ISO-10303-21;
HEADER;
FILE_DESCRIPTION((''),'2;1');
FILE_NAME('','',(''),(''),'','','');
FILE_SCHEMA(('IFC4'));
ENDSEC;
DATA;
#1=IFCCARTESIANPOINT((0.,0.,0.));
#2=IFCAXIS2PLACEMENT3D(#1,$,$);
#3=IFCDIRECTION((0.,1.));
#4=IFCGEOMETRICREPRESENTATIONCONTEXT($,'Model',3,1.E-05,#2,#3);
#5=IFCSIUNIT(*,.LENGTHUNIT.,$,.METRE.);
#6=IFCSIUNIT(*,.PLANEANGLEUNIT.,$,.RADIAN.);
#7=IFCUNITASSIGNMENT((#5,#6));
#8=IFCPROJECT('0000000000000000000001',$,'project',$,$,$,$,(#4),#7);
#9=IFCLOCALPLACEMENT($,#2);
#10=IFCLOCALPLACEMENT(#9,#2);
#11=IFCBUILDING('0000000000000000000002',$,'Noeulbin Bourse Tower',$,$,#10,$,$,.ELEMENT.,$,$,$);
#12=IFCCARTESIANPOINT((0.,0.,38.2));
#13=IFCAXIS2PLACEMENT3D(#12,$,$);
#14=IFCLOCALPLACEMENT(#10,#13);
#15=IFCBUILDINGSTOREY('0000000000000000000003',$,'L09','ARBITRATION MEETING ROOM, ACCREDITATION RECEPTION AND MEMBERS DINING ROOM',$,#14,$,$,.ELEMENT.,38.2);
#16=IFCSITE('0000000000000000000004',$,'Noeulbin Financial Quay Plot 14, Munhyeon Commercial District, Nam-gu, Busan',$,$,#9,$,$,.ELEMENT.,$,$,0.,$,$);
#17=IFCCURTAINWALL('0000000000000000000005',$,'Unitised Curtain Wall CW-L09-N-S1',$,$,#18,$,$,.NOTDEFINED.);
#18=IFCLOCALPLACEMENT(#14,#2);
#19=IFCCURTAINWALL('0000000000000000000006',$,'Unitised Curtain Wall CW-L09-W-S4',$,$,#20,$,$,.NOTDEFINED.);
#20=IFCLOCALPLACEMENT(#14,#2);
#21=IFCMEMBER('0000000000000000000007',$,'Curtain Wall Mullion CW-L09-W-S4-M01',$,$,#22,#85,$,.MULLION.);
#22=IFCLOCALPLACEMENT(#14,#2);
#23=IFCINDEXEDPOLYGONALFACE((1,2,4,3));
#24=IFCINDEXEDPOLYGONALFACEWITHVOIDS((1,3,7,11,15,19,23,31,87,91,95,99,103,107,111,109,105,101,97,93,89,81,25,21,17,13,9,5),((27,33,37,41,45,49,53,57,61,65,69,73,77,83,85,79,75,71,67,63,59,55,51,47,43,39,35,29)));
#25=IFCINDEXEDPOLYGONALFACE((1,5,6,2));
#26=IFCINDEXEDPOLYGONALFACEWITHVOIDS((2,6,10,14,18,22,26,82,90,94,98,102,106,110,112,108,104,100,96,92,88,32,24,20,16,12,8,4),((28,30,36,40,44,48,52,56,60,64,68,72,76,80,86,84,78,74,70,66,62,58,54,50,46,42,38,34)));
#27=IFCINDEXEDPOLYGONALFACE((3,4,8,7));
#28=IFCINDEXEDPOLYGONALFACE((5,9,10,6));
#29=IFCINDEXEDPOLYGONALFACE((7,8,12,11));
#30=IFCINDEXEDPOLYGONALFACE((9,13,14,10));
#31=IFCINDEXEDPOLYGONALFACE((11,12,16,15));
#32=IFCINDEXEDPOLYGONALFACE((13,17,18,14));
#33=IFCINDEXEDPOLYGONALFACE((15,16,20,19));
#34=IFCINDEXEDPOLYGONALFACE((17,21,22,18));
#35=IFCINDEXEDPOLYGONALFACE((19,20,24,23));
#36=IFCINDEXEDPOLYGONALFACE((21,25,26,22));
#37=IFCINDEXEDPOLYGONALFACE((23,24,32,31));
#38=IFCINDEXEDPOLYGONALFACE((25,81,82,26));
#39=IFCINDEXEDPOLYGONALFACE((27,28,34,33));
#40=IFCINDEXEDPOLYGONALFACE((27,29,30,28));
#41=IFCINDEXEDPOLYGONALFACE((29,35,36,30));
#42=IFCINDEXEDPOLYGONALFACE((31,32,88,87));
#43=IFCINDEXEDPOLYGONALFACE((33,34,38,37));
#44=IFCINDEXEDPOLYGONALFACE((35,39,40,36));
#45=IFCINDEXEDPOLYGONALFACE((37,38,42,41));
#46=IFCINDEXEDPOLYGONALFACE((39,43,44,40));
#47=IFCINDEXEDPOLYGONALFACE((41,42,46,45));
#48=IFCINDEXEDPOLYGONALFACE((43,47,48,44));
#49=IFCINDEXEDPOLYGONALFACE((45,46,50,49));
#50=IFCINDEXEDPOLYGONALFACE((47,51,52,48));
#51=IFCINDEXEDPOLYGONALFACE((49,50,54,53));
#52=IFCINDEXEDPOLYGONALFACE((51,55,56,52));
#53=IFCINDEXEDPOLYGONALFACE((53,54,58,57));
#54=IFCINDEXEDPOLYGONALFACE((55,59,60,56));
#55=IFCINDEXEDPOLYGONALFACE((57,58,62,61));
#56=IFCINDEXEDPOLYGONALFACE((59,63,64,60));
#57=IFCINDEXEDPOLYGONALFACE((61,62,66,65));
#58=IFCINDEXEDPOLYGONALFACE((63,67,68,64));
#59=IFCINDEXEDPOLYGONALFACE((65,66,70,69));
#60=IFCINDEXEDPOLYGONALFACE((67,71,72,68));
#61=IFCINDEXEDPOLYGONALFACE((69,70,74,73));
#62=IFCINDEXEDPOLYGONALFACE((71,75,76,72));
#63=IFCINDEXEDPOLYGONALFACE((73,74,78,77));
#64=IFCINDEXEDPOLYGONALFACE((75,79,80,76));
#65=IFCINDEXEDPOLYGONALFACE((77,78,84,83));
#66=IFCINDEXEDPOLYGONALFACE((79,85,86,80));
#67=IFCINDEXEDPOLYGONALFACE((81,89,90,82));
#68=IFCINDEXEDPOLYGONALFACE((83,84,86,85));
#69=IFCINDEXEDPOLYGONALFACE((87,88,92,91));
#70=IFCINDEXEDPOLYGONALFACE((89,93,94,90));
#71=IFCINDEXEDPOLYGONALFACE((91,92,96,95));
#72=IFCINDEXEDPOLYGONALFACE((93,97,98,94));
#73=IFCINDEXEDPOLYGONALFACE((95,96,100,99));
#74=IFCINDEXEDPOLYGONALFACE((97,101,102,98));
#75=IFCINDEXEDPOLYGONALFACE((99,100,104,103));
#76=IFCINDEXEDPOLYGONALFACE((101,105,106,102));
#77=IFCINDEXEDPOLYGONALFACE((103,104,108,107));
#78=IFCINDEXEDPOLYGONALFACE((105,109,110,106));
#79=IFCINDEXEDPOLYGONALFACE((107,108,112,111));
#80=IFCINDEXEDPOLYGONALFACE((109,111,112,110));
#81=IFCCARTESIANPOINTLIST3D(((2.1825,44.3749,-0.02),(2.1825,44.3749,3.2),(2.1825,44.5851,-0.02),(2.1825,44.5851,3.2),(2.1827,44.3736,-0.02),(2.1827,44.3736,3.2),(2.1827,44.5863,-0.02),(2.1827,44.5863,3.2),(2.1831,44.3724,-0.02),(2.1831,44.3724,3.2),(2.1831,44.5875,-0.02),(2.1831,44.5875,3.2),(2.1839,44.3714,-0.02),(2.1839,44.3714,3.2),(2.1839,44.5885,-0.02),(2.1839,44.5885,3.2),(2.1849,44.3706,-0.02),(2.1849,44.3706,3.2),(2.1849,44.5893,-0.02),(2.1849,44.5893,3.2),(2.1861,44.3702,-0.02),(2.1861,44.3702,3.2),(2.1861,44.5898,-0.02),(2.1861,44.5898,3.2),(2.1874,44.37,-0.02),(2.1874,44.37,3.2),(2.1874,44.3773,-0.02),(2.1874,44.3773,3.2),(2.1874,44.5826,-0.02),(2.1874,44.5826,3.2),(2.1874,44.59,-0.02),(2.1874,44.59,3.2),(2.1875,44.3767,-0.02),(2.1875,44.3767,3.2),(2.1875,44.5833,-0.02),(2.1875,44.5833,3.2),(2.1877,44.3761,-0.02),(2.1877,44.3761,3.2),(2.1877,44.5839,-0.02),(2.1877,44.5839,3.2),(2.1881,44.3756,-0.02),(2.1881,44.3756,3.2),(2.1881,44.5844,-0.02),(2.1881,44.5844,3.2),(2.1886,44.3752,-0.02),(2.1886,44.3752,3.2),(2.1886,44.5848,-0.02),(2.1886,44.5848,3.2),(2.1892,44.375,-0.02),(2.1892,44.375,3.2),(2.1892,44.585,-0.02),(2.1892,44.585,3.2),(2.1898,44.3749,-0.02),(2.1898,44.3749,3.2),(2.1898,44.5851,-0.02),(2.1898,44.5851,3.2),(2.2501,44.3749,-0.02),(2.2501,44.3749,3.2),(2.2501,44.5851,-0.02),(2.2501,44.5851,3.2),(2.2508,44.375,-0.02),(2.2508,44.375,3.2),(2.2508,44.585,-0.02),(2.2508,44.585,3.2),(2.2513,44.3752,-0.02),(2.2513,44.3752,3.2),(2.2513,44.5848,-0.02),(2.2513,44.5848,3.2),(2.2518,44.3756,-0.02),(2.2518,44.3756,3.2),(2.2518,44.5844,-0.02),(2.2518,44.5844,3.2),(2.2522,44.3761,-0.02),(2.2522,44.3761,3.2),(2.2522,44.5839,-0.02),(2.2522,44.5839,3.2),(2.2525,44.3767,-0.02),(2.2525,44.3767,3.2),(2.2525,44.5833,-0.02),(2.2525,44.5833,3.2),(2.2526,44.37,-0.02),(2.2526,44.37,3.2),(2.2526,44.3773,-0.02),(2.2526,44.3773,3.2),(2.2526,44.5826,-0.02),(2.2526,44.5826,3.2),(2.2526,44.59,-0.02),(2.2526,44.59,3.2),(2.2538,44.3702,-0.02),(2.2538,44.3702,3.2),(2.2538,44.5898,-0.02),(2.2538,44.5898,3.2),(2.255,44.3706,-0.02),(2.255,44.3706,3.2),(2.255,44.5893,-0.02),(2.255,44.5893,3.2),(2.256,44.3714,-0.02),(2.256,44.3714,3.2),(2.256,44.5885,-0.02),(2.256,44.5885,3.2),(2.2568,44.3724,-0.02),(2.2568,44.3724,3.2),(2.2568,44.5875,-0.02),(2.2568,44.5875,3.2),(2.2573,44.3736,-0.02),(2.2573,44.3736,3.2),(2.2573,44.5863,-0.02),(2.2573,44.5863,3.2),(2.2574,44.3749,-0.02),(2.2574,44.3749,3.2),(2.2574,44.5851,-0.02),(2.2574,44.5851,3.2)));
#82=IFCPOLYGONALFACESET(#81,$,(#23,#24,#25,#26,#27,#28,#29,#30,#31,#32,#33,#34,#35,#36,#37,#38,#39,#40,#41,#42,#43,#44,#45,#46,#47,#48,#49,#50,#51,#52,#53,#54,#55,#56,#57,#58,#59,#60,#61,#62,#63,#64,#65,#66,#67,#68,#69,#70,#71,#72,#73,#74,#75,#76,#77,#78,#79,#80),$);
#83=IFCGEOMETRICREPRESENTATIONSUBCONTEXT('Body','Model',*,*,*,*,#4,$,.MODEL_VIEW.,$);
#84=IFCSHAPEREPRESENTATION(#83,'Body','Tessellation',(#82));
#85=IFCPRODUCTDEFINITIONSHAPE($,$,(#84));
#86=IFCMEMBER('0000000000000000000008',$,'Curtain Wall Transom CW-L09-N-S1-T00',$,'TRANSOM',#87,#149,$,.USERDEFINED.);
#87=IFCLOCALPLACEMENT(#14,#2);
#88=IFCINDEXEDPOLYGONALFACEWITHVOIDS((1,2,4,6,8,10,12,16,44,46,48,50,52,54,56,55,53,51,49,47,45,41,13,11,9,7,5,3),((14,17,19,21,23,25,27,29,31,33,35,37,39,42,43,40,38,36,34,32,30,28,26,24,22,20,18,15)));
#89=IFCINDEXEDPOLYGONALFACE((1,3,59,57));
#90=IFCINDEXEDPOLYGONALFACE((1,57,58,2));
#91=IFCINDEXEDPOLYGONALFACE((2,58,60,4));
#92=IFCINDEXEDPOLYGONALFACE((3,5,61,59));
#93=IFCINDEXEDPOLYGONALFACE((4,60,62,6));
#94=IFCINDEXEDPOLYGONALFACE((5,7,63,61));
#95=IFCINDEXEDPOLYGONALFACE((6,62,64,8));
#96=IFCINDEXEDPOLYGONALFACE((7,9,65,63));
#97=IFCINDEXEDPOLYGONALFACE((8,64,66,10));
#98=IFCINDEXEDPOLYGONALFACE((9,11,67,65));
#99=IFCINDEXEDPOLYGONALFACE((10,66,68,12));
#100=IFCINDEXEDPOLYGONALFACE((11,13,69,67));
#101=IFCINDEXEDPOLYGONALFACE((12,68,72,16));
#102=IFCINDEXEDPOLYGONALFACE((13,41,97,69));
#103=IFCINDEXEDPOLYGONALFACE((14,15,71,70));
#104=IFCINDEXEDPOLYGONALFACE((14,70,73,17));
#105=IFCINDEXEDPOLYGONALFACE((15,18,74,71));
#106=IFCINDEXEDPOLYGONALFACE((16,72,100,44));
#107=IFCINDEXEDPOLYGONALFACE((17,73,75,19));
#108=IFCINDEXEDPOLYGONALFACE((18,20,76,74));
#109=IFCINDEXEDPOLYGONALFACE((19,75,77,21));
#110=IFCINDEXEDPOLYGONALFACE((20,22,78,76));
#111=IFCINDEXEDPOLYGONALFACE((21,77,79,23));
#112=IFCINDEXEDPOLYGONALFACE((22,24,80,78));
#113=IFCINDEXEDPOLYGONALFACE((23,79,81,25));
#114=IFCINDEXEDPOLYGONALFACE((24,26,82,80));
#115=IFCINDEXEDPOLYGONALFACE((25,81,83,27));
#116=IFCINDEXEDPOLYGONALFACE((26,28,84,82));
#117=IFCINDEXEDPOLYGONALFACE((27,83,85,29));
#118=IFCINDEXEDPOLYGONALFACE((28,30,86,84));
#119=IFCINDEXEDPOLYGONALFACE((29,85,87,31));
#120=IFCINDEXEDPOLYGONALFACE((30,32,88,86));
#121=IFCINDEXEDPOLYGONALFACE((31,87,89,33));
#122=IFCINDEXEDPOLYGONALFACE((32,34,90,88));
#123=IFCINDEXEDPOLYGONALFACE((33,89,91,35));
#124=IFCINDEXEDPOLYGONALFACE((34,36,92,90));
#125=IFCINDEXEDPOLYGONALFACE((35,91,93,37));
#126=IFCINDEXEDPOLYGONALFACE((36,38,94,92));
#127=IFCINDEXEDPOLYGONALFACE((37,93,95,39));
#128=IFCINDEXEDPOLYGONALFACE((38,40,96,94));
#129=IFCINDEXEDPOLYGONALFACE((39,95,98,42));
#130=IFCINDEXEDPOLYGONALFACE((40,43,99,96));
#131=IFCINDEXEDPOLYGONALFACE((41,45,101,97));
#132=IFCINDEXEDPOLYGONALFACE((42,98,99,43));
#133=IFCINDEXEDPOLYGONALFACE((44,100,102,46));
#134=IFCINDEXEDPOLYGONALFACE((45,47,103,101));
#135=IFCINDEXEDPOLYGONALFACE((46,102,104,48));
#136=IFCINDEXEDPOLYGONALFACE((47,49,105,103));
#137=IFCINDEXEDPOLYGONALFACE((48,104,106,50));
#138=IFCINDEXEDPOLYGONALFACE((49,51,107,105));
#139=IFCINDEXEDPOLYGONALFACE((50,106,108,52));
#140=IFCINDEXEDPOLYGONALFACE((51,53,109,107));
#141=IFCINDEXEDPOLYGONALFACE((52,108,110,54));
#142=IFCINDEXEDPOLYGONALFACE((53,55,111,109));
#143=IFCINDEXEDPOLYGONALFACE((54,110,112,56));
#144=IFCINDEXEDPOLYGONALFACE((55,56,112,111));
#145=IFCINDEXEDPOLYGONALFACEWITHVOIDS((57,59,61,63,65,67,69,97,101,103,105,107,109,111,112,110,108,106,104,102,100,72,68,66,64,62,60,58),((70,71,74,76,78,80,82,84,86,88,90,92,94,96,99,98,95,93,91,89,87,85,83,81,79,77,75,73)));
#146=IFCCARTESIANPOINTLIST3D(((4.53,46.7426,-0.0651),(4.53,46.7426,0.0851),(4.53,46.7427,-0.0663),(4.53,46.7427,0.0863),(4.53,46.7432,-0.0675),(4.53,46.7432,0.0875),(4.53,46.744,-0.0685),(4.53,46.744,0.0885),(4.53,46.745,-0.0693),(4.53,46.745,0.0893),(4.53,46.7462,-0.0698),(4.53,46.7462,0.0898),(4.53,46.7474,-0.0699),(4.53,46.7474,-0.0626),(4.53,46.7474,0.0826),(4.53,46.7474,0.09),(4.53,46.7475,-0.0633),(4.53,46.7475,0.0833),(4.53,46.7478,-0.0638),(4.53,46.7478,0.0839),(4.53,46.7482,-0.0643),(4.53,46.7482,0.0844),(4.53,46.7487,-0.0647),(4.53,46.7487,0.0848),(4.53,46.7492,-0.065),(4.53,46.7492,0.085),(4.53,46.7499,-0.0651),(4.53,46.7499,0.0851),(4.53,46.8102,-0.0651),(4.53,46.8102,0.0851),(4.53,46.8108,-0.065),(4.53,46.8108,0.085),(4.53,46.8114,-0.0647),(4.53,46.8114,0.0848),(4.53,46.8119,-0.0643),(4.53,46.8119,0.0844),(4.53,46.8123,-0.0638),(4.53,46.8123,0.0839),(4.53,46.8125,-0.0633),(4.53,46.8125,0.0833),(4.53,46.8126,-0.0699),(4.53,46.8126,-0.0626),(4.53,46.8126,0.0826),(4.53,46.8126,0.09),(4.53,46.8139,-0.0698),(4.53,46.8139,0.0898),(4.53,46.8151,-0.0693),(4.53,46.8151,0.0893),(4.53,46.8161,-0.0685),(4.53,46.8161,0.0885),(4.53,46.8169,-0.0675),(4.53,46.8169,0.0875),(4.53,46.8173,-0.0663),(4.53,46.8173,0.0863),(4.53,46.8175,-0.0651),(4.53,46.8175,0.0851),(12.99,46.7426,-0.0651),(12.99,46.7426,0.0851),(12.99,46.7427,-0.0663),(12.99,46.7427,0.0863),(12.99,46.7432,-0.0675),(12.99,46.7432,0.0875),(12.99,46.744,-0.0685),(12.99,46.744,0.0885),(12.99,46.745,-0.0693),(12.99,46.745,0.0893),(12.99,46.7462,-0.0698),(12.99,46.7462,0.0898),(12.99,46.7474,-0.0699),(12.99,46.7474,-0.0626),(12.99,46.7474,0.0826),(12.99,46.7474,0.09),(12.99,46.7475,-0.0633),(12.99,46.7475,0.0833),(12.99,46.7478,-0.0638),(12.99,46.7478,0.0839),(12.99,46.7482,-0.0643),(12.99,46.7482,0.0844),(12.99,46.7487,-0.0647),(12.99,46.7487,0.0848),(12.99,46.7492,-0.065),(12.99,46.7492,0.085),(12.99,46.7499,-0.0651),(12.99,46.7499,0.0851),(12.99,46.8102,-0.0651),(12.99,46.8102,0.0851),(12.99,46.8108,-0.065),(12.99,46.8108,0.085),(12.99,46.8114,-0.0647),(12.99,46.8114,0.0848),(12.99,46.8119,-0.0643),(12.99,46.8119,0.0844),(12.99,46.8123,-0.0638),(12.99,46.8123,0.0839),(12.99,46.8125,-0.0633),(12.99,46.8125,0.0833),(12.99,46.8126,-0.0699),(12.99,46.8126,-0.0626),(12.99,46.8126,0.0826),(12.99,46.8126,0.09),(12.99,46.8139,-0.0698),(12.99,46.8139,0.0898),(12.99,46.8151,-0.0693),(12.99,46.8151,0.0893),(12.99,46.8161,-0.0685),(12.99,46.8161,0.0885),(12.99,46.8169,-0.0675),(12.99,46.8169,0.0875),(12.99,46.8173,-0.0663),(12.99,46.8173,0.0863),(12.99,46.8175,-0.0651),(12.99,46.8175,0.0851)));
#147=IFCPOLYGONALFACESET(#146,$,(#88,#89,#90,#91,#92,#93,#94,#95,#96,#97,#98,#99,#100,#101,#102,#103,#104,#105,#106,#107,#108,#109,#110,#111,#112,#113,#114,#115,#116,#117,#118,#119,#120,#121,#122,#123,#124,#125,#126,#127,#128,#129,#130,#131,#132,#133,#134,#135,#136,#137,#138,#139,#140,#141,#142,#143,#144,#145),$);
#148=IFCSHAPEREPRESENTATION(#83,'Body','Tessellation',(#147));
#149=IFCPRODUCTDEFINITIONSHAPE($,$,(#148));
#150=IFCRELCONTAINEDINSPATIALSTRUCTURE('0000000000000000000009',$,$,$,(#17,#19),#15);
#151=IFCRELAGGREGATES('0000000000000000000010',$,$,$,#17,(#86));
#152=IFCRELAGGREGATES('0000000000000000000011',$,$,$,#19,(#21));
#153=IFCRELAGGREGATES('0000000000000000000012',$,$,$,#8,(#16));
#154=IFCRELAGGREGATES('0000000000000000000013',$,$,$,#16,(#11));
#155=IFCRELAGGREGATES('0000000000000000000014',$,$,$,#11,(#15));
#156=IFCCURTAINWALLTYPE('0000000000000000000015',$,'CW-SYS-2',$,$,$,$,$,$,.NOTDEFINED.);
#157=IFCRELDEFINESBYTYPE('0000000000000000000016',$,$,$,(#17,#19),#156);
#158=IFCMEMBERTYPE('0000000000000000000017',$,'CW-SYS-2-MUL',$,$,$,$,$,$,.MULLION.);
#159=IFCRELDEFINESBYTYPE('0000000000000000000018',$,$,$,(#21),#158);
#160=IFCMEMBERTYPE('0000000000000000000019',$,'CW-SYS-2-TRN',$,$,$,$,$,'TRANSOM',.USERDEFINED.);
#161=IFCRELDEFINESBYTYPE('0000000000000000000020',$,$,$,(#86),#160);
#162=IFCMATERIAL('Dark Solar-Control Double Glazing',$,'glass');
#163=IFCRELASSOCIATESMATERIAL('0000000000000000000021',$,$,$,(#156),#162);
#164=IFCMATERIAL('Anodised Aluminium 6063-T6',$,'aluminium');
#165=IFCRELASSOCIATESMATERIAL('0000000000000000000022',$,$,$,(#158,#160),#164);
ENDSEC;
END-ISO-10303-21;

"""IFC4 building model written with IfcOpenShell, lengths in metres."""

from ifc_helpers import new_model, si_unit, direction, frame, origin, origin_2d, place, context, subcontext, project, spatial, hollow_rectangle, extrude, material, material_profile, profile_set, type_object, element, aggregate, save


model = new_model("IFC4")

# Units and contexts
model_context = context("Model", 3, precision=1e-05, world=origin(), true_north=direction((0.0, 1.0)))
body_context = subcontext(model_context, "Body", "Model", "MODEL_VIEW")
ifc_project = project(units=[si_unit("LENGTHUNIT", "METRE"), si_unit("PLANEANGLEUNIT", "RADIAN")], contexts=[model_context])

# Site, building, storey
site_placement = place(None, origin())
site = spatial("IfcSite", under=ifc_project, at=site_placement, Name="Noeulbin Financial Quay Plot 14, Munhyeon Commercial District, Nam-gu, Busan", CompositionType="ELEMENT", RefElevation=0.0)
building_placement = place(site_placement, origin())
building = spatial("IfcBuilding", under=site, at=building_placement, Name="Noeulbin Bourse Tower", CompositionType="ELEMENT")
storey_placement = place(building_placement, frame((0.0, 0.0, 38.2)))
storey = spatial("IfcBuildingStorey", under=building, at=storey_placement, Name="L09", Description="ARBITRATION MEETING ROOM, ACCREDITATION RECEPTION AND MEMBERS DINING ROOM", CompositionType="ELEMENT", Elevation=38.2)

# Curtain wall
ifc_material_1 = material(Name="Dark Solar-Control Double Glazing", Category="glass")
curtain_wall_type = type_object("IfcCurtainWallType", Name="CW-SYS-2", PredefinedType="NOTDEFINED", material=ifc_material_1)
curtain_wall_1_placement = place(storey_placement, origin())
curtain_wall_1 = element("IfcCurtainWall", 1, at=curtain_wall_1_placement, inside=storey, type_object=curtain_wall_type, Name="Unitised Curtain Wall CW-L09-N-S1", PredefinedType="NOTDEFINED")
ifc_material_2 = material(Name="Anodised Aluminium 6063-T6", Category="aluminium")
ifc_material_profile_1 = material_profile(ifc_material_2, hollow_rectangle(XDim=0.075, YDim=0.22, WallThickness=0.0049, InnerFilletRadius=0.0024, OuterFilletRadius=0.0049, at=origin_2d()), Name="ALU-MULL-75x220x5", Category="LoadBearing")
ifc_profile_set_1 = profile_set([ifc_material_profile_1], Name="Anodised Aluminium 6063-T6")
member_type_1 = type_object("IfcMemberType", Name="CW-SYS-2-MUL", PredefinedType="MULLION", material=ifc_profile_set_1)

# Curtain wall, member
curtain_wall_2_placement = place(storey_placement, origin())
curtain_wall_2 = element("IfcCurtainWall", 2, at=curtain_wall_2_placement, inside=storey, type_object=curtain_wall_type, Name="Unitised Curtain Wall CW-L09-W-S4", PredefinedType="NOTDEFINED")
member_1_placement = place(storey_placement, frame((2.22, 44.48, -0.02), z_axis=(0.0, 0.0, 1.0), x_axis=(1.0, 0.0, 0.0)))
member_1 = element("IfcMember", 3, at=member_1_placement, type_object=member_type_1, Name="Curtain Wall Mullion CW-L09-W-S4-M01", PredefinedType="MULLION", context=body_context, shape_type="SweptSolid", body=[
    extrude(hollow_rectangle(XDim=0.075, YDim=0.22, WallThickness=0.0049, InnerFilletRadius=0.0024, OuterFilletRadius=0.0049, at=origin_2d()), origin(), (0.0, 0.0, 1.0), 3.22),
])

# Member
ifc_material_profile_2 = material_profile(ifc_material_2, hollow_rectangle(XDim=0.075, YDim=0.1599, WallThickness=0.0049, InnerFilletRadius=0.0024, OuterFilletRadius=0.0049, at=origin_2d()), Name="ALU-TRAN-75x160x5", Category="LoadBearing")
ifc_profile_set_2 = profile_set([ifc_material_profile_2], Name="Anodised Aluminium 6063-T6")
member_type_2 = type_object("IfcMemberType", Name="CW-SYS-2-TRN", ElementType="TRANSOM", PredefinedType="USERDEFINED", material=ifc_profile_set_2)
member_2_placement = place(storey_placement, frame((4.53, 46.78, 0.01), z_axis=(1.0, 0.0, 0.0), x_axis=(0.0, 1.0, 0.0)))
member_2 = element("IfcMember", 4, at=member_2_placement, type_object=member_type_2, Name="Curtain Wall Transom CW-L09-N-S1-T00", ObjectType="TRANSOM", PredefinedType="USERDEFINED", context=body_context, shape_type="SweptSolid", body=[
    extrude(hollow_rectangle(XDim=0.075, YDim=0.1599, WallThickness=0.0049, InnerFilletRadius=0.0024, OuterFilletRadius=0.0049, at=origin_2d()), origin(), (0.0, 0.0, 1.0), 8.46),
])

aggregate(curtain_wall_1, [member_2])
aggregate(curtain_wall_2, [member_1])

save(model, "model.ifc")
